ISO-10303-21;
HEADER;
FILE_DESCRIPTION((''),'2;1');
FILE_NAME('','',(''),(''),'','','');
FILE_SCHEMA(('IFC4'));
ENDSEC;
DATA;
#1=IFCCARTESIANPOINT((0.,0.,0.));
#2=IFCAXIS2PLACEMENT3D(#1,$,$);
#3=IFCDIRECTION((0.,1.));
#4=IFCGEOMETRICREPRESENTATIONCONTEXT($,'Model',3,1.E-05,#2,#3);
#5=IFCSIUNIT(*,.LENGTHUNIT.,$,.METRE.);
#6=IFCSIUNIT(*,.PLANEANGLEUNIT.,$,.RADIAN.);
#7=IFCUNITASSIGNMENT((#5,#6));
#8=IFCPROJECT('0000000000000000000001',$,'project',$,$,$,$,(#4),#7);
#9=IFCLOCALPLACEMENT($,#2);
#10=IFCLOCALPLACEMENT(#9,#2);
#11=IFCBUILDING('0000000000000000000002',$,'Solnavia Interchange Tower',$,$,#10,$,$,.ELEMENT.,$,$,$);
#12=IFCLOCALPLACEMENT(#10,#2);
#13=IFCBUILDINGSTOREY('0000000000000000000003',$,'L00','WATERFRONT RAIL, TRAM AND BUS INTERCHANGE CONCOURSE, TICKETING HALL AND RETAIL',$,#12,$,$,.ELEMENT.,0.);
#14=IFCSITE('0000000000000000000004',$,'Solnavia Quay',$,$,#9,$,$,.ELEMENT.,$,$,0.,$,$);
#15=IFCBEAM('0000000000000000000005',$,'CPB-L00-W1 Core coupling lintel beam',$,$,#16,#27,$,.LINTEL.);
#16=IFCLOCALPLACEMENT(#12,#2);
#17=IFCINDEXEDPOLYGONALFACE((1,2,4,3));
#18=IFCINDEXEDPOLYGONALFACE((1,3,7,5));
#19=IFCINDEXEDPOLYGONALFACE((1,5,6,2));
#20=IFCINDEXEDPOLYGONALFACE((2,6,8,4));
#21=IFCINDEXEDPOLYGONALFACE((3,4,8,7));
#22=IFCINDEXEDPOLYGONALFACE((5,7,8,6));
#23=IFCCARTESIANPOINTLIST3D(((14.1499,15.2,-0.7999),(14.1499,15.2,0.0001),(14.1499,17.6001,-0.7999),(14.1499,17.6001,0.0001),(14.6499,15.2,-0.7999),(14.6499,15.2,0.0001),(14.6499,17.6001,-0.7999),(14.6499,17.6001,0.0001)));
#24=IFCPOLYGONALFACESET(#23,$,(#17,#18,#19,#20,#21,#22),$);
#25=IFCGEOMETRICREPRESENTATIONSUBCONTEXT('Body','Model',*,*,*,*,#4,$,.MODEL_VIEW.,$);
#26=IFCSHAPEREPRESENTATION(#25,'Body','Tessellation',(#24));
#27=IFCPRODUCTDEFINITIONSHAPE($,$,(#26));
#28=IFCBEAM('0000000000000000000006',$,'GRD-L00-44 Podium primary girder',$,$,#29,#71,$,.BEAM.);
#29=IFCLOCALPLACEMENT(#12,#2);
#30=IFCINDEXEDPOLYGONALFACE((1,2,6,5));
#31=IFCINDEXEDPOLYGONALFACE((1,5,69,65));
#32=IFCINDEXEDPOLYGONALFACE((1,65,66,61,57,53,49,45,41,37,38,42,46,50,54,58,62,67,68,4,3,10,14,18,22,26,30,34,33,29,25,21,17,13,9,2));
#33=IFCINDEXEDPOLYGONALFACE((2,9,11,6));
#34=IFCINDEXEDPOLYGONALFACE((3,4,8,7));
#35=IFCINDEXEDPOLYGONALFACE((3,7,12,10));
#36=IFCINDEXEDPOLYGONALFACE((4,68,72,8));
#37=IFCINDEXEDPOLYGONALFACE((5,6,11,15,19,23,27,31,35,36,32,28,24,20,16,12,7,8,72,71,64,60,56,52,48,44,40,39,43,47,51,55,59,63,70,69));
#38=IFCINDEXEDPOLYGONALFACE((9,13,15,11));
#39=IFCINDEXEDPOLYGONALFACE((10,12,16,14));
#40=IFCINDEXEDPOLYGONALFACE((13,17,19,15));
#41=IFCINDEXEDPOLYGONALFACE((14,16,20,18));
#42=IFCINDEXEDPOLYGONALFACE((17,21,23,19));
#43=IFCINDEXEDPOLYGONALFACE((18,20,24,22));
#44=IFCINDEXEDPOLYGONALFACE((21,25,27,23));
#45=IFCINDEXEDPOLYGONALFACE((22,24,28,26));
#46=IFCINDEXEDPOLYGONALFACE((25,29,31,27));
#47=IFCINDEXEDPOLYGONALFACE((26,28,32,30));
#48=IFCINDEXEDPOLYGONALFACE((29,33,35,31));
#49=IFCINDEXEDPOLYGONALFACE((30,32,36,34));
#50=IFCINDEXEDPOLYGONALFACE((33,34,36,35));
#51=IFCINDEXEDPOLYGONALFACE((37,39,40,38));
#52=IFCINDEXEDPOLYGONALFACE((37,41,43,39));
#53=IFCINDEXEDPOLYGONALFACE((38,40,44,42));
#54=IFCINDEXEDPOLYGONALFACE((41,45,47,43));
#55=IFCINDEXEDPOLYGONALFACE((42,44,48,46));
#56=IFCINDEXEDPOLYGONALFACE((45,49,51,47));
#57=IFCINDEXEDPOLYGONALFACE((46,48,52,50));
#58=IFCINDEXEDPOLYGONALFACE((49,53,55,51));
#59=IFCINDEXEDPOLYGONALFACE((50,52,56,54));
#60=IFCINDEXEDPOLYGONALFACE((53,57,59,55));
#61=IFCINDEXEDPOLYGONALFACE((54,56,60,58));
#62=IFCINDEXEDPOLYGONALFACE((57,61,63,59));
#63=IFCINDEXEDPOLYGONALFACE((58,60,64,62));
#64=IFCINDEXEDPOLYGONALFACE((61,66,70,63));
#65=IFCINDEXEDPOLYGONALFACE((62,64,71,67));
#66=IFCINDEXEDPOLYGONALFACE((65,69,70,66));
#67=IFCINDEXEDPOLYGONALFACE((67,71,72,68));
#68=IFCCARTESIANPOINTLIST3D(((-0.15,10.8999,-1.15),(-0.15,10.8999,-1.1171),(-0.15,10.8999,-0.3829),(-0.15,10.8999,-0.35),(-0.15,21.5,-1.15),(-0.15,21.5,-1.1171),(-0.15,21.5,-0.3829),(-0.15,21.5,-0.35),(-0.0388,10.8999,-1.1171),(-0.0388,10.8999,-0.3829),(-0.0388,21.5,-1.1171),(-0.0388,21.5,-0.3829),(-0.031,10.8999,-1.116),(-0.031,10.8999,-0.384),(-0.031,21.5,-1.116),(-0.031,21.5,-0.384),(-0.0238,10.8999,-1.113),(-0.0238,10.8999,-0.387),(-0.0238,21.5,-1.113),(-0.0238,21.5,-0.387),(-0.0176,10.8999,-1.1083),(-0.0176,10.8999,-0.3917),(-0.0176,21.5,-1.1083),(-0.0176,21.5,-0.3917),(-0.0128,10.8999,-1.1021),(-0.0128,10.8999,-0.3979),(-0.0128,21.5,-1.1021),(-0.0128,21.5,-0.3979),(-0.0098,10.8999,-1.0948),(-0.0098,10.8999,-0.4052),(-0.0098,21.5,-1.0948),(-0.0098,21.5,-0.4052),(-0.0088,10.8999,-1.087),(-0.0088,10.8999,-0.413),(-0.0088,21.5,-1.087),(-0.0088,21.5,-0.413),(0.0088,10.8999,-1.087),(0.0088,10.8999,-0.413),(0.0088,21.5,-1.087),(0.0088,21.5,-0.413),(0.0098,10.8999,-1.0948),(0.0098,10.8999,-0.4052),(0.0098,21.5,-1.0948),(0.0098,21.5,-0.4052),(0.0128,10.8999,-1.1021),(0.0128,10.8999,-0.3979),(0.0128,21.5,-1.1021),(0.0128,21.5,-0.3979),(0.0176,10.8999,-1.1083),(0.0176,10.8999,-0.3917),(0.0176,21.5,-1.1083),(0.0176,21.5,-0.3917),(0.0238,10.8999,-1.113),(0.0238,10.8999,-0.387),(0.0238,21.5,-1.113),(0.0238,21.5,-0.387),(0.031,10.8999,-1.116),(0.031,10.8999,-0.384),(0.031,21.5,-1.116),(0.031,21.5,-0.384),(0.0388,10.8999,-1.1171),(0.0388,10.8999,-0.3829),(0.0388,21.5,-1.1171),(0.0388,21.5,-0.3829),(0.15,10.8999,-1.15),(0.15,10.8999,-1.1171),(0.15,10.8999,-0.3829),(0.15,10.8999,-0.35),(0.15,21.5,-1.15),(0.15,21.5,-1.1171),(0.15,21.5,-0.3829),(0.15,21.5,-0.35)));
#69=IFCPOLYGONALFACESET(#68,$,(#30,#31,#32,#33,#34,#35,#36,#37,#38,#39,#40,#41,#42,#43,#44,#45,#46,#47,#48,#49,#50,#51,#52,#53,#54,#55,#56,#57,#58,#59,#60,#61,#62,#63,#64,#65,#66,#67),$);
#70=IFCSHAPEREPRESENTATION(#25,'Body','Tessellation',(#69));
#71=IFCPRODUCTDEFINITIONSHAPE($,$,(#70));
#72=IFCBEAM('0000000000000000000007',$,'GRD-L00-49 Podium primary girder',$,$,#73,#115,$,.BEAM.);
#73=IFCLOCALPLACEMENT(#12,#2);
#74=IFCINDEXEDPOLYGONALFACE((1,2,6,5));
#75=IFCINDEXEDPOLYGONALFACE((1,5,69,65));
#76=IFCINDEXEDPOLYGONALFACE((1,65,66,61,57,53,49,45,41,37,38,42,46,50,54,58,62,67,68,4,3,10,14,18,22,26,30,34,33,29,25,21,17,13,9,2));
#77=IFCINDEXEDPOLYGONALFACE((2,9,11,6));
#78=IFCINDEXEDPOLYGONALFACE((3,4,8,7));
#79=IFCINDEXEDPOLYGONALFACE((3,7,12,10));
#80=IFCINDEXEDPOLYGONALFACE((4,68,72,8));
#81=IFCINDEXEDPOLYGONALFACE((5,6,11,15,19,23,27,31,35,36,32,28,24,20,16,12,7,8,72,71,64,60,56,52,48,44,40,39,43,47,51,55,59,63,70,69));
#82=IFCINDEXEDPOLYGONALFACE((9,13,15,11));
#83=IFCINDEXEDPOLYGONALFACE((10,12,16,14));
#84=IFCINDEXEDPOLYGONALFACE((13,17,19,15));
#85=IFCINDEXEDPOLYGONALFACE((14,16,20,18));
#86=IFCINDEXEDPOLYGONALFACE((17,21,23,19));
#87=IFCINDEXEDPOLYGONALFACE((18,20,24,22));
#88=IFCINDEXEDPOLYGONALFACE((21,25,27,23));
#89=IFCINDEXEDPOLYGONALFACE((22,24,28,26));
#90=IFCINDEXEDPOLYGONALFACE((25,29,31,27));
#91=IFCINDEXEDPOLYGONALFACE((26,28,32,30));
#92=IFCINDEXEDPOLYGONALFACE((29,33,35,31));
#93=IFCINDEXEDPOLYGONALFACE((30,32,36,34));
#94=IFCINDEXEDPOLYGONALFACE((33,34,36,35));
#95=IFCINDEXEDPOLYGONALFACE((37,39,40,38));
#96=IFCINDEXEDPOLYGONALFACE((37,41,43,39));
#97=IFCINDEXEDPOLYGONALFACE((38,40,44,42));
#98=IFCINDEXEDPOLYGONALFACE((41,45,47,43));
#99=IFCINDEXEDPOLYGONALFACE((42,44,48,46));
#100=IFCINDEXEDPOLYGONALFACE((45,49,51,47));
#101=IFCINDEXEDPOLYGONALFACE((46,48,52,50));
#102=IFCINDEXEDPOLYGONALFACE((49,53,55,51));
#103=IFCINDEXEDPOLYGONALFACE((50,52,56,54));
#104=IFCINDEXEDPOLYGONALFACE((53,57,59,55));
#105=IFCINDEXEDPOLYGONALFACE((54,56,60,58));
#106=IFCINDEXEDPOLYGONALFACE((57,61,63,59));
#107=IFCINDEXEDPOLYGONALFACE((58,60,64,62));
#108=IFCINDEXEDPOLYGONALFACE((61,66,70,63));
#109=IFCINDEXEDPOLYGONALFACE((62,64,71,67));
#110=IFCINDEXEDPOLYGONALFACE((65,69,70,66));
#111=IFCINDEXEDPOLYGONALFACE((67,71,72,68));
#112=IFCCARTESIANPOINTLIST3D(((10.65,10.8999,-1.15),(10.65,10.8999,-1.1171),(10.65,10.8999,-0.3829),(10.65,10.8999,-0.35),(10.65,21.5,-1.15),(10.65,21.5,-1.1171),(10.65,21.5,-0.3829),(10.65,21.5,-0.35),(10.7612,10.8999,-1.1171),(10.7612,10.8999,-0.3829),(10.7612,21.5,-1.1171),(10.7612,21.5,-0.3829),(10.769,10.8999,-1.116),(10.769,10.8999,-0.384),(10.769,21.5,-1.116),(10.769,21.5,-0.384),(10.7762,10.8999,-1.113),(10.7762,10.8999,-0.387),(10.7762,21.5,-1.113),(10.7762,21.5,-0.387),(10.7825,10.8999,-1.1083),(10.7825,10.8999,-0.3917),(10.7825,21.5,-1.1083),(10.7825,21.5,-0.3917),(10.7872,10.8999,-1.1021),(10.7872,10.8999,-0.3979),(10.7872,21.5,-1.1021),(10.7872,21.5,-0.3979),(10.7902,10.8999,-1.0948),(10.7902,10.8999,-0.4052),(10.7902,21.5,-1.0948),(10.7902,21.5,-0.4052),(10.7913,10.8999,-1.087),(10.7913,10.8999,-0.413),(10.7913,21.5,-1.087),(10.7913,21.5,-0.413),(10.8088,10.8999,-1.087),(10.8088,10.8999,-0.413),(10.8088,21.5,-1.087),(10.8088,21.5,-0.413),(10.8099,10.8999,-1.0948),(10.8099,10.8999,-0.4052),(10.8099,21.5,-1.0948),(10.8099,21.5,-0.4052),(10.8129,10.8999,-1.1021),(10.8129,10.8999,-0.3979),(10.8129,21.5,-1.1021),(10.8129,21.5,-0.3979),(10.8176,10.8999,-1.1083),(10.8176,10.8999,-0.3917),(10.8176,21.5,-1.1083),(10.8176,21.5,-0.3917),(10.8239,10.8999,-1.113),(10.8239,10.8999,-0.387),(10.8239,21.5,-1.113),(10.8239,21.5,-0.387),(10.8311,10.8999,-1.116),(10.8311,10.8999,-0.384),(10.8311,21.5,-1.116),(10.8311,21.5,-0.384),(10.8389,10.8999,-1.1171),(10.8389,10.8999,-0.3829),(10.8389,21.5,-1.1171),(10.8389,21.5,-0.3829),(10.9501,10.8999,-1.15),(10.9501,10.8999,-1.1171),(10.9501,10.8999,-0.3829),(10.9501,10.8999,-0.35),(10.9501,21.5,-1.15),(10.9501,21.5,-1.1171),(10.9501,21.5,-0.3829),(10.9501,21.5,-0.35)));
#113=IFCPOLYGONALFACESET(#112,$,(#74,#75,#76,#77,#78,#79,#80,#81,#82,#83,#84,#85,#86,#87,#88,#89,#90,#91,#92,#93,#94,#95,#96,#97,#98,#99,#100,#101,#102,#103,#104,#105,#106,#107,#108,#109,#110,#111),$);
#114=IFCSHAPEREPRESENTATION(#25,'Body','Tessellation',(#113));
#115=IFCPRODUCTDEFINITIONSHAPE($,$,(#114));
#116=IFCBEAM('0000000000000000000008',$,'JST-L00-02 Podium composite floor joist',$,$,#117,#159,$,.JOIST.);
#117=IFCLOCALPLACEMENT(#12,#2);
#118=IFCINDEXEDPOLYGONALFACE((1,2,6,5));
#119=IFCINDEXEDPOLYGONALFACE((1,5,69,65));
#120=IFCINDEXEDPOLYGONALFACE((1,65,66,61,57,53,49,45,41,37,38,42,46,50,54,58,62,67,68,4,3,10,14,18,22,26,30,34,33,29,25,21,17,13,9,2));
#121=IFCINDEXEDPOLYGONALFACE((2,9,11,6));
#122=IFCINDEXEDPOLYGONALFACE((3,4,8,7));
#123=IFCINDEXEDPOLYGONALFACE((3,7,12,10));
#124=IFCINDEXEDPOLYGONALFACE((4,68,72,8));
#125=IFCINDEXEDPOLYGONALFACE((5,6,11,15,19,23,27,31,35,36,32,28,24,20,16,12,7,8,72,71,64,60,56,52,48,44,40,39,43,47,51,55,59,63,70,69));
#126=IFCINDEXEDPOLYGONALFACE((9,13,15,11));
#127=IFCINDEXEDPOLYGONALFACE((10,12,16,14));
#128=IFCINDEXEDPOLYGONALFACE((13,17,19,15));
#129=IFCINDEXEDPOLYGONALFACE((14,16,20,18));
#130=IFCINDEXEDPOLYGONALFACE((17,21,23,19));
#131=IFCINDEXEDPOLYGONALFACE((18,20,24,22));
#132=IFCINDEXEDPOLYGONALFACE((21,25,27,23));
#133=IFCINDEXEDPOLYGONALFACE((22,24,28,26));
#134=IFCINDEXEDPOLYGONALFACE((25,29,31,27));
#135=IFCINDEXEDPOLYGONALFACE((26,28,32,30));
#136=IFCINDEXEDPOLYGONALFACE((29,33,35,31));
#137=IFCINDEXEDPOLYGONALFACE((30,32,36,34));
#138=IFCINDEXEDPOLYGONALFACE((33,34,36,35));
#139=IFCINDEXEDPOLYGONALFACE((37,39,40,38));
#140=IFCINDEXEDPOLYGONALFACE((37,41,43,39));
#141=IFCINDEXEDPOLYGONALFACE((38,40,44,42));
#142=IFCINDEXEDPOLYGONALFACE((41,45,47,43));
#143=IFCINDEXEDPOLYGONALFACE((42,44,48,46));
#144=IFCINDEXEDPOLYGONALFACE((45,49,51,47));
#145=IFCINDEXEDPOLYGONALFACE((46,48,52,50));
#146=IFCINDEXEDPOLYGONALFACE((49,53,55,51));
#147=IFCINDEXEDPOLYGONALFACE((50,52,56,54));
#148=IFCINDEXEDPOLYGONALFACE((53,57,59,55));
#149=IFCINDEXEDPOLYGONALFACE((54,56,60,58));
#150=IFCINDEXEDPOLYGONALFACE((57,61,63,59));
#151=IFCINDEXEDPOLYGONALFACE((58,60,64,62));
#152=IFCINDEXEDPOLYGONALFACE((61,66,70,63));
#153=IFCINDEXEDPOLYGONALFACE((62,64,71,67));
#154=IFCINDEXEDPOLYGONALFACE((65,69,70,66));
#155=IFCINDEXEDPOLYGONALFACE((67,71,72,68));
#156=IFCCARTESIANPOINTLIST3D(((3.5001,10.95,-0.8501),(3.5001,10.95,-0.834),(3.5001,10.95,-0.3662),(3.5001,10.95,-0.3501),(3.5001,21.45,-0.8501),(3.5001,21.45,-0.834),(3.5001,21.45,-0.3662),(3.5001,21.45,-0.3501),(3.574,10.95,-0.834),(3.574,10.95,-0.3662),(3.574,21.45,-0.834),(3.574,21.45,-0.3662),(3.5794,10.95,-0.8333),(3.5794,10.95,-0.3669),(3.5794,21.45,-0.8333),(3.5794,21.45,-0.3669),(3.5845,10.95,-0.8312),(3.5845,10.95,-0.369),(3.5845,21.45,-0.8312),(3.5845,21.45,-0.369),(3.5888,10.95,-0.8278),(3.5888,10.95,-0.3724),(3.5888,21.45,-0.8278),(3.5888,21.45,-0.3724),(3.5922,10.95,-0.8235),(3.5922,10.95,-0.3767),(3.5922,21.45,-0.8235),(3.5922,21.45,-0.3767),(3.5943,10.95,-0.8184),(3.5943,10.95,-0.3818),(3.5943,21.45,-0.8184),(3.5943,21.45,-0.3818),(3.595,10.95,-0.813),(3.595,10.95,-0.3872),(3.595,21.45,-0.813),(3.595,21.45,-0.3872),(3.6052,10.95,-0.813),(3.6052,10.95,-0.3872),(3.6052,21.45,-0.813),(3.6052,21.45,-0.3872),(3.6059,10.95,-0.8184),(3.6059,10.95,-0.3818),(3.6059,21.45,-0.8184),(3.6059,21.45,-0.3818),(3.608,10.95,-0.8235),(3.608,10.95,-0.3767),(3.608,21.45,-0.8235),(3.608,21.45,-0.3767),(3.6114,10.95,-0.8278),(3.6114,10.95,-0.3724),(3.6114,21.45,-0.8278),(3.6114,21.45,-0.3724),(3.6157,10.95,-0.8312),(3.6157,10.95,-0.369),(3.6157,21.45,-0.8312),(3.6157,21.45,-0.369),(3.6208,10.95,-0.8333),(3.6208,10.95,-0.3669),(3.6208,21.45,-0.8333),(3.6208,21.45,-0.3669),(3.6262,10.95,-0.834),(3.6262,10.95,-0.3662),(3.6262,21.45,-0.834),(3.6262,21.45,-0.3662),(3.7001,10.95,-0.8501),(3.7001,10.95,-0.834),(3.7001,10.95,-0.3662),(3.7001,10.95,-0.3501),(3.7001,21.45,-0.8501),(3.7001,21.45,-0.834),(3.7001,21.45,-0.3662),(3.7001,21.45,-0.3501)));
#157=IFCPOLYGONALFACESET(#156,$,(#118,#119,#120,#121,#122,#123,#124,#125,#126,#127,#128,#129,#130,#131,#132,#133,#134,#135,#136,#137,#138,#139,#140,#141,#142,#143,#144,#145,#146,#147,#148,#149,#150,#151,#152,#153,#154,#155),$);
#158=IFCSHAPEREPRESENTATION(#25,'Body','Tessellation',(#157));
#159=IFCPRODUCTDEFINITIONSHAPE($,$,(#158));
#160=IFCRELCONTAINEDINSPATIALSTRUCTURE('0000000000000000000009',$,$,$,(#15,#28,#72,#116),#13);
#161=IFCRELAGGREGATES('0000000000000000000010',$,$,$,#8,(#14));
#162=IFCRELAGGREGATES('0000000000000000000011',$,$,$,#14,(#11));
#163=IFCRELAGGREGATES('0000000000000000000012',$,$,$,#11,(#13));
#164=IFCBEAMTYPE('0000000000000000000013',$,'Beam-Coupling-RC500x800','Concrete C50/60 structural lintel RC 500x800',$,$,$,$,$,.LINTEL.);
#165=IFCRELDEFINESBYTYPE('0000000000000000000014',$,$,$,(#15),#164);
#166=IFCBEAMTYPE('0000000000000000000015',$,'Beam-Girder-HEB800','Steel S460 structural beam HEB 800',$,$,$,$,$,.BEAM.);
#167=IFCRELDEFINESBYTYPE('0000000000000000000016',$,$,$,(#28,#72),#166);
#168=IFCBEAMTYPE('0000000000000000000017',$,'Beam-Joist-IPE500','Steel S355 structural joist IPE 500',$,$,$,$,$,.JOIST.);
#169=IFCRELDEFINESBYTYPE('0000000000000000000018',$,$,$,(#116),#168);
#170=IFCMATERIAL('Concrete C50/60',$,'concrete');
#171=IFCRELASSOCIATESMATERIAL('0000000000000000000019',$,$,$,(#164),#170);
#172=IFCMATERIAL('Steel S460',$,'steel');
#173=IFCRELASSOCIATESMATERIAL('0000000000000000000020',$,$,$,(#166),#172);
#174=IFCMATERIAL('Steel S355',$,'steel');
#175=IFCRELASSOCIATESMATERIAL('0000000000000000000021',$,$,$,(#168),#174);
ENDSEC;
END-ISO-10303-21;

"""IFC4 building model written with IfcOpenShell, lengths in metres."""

from ifc_helpers import new_model, si_unit, direction, frame, origin, origin_2d, place, context, subcontext, project, spatial, rectangle, i_section, extrude, material, material_profile, profile_set, type_object, element, save


model = new_model("IFC4")

# Units and contexts
model_context = context("Model", 3, precision=1e-05, world=origin(), true_north=direction((0.0, 1.0)))
body_context = subcontext(model_context, "Body", "Model", "MODEL_VIEW")
ifc_project = project(units=[si_unit("LENGTHUNIT", "METRE"), si_unit("PLANEANGLEUNIT", "RADIAN")], contexts=[model_context])

# Site, building, storey
site_placement = place(None, origin())
site = spatial("IfcSite", under=ifc_project, at=site_placement, Name="Solnavia Quay", CompositionType="ELEMENT", RefElevation=0.0)
building_placement = place(site_placement, origin())
building = spatial("IfcBuilding", under=site, at=building_placement, Name="Solnavia Interchange Tower", CompositionType="ELEMENT")
storey_placement = place(building_placement, origin())
storey = spatial("IfcBuildingStorey", under=building, at=storey_placement, Name="L00", Description="WATERFRONT RAIL, TRAM AND BUS INTERCHANGE CONCOURSE, TICKETING HALL AND RETAIL", CompositionType="ELEMENT", Elevation=0.0)

# Beams
ifc_material_1 = material(Name="Concrete C50/60", Category="concrete")
ifc_material_profile_1 = material_profile(ifc_material_1, rectangle(XDim=0.5, YDim=0.8, at=origin_2d()), Name="RC 500x800")
ifc_profile_set_1 = profile_set([ifc_material_profile_1], Name="Concrete C50/60")
beam_type_1 = type_object("IfcBeamType", Name="Beam-Coupling-RC500x800", Description="Concrete C50/60 structural lintel RC 500x800", PredefinedType="LINTEL", material=ifc_profile_set_1)
beam_placement = place(storey_placement, frame((14.3999, 15.2, -0.3999), z_axis=(0.0, 1.0, 0.0), x_axis=(-1.0, 0.0, 0.0)))
element("IfcBeam", 1, at=beam_placement, inside=storey, type_object=beam_type_1, Name="CPB-L00-W1 Core coupling lintel beam", PredefinedType="LINTEL", context=body_context, shape_type="SweptSolid", body=[
    extrude(rectangle(XDim=0.5, YDim=0.8, at=origin_2d()), origin(), (0.0, 0.0, 1.0), 2.4001),
])
ifc_material_2 = material(Name="Steel S460", Category="steel")
ifc_material_profile_2 = material_profile(ifc_material_2, i_section(OverallWidth=0.3, OverallDepth=0.8, WebThickness=0.0176, FlangeThickness=0.033, FilletRadius=0.03, at=origin_2d()), Name="HEB 800")
ifc_profile_set_2 = profile_set([ifc_material_profile_2], Name="Steel S460")
beam_type_2 = type_object("IfcBeamType", Name="Beam-Girder-HEB800", Description="Steel S460 structural beam HEB 800", PredefinedType="BEAM", material=ifc_profile_set_2)
for number, where, z_axis, x_axis, name in (
    (2, (0.0, 10.8999, -0.75), (0.0, 1.0, 0.0), (-1.0, 0.0, 0.0), "GRD-L00-44 Podium primary girder"),
    (3, (10.8, 10.8999, -0.75), (0.0, 1.0, 0.0), (-1.0, 0.0, 0.0), "GRD-L00-49 Podium primary girder"),
):
    element("IfcBeam", number, at=place(storey_placement, frame(where, z_axis=z_axis, x_axis=x_axis)), inside=storey, type_object=beam_type_2, Name=name, PredefinedType="BEAM", context=body_context, shape_type="SweptSolid", body=[
        extrude(i_section(OverallWidth=0.3, OverallDepth=0.8, WebThickness=0.0176, FlangeThickness=0.033, FilletRadius=0.03, at=origin_2d()), origin(), (0.0, 0.0, 1.0), 10.6001),
    ])
ifc_material_3 = material(Name="Steel S355", Category="steel")
ifc_material_profile_3 = material_profile(ifc_material_3, i_section(OverallWidth=0.2, OverallDepth=0.5, WebThickness=0.0103, FlangeThickness=0.0161, FilletRadius=0.021, at=origin_2d()), Name="IPE 500")
ifc_profile_set_3 = profile_set([ifc_material_profile_3], Name="Steel S355")
beam_type_3 = type_object("IfcBeamType", Name="Beam-Joist-IPE500", Description="Steel S355 structural joist IPE 500", PredefinedType="JOIST", material=ifc_profile_set_3)
for number, where, z_axis, x_axis, name in (
    (4, (3.6001, 10.95, -0.6001), (0.0, 1.0, 0.0), (-1.0, 0.0, 0.0), "JST-L00-02 Podium composite floor joist"),
):
    element("IfcBeam", number, at=place(storey_placement, frame(where, z_axis=z_axis, x_axis=x_axis)), inside=storey, type_object=beam_type_3, Name=name, PredefinedType="JOIST", context=body_context, shape_type="SweptSolid", body=[
        extrude(i_section(OverallWidth=0.2, OverallDepth=0.5, WebThickness=0.0103, FlangeThickness=0.0161, FilletRadius=0.021, at=origin_2d()), origin(), (0.0, 0.0, 1.0), 10.5),
    ])

save(model, "model.ifc")
